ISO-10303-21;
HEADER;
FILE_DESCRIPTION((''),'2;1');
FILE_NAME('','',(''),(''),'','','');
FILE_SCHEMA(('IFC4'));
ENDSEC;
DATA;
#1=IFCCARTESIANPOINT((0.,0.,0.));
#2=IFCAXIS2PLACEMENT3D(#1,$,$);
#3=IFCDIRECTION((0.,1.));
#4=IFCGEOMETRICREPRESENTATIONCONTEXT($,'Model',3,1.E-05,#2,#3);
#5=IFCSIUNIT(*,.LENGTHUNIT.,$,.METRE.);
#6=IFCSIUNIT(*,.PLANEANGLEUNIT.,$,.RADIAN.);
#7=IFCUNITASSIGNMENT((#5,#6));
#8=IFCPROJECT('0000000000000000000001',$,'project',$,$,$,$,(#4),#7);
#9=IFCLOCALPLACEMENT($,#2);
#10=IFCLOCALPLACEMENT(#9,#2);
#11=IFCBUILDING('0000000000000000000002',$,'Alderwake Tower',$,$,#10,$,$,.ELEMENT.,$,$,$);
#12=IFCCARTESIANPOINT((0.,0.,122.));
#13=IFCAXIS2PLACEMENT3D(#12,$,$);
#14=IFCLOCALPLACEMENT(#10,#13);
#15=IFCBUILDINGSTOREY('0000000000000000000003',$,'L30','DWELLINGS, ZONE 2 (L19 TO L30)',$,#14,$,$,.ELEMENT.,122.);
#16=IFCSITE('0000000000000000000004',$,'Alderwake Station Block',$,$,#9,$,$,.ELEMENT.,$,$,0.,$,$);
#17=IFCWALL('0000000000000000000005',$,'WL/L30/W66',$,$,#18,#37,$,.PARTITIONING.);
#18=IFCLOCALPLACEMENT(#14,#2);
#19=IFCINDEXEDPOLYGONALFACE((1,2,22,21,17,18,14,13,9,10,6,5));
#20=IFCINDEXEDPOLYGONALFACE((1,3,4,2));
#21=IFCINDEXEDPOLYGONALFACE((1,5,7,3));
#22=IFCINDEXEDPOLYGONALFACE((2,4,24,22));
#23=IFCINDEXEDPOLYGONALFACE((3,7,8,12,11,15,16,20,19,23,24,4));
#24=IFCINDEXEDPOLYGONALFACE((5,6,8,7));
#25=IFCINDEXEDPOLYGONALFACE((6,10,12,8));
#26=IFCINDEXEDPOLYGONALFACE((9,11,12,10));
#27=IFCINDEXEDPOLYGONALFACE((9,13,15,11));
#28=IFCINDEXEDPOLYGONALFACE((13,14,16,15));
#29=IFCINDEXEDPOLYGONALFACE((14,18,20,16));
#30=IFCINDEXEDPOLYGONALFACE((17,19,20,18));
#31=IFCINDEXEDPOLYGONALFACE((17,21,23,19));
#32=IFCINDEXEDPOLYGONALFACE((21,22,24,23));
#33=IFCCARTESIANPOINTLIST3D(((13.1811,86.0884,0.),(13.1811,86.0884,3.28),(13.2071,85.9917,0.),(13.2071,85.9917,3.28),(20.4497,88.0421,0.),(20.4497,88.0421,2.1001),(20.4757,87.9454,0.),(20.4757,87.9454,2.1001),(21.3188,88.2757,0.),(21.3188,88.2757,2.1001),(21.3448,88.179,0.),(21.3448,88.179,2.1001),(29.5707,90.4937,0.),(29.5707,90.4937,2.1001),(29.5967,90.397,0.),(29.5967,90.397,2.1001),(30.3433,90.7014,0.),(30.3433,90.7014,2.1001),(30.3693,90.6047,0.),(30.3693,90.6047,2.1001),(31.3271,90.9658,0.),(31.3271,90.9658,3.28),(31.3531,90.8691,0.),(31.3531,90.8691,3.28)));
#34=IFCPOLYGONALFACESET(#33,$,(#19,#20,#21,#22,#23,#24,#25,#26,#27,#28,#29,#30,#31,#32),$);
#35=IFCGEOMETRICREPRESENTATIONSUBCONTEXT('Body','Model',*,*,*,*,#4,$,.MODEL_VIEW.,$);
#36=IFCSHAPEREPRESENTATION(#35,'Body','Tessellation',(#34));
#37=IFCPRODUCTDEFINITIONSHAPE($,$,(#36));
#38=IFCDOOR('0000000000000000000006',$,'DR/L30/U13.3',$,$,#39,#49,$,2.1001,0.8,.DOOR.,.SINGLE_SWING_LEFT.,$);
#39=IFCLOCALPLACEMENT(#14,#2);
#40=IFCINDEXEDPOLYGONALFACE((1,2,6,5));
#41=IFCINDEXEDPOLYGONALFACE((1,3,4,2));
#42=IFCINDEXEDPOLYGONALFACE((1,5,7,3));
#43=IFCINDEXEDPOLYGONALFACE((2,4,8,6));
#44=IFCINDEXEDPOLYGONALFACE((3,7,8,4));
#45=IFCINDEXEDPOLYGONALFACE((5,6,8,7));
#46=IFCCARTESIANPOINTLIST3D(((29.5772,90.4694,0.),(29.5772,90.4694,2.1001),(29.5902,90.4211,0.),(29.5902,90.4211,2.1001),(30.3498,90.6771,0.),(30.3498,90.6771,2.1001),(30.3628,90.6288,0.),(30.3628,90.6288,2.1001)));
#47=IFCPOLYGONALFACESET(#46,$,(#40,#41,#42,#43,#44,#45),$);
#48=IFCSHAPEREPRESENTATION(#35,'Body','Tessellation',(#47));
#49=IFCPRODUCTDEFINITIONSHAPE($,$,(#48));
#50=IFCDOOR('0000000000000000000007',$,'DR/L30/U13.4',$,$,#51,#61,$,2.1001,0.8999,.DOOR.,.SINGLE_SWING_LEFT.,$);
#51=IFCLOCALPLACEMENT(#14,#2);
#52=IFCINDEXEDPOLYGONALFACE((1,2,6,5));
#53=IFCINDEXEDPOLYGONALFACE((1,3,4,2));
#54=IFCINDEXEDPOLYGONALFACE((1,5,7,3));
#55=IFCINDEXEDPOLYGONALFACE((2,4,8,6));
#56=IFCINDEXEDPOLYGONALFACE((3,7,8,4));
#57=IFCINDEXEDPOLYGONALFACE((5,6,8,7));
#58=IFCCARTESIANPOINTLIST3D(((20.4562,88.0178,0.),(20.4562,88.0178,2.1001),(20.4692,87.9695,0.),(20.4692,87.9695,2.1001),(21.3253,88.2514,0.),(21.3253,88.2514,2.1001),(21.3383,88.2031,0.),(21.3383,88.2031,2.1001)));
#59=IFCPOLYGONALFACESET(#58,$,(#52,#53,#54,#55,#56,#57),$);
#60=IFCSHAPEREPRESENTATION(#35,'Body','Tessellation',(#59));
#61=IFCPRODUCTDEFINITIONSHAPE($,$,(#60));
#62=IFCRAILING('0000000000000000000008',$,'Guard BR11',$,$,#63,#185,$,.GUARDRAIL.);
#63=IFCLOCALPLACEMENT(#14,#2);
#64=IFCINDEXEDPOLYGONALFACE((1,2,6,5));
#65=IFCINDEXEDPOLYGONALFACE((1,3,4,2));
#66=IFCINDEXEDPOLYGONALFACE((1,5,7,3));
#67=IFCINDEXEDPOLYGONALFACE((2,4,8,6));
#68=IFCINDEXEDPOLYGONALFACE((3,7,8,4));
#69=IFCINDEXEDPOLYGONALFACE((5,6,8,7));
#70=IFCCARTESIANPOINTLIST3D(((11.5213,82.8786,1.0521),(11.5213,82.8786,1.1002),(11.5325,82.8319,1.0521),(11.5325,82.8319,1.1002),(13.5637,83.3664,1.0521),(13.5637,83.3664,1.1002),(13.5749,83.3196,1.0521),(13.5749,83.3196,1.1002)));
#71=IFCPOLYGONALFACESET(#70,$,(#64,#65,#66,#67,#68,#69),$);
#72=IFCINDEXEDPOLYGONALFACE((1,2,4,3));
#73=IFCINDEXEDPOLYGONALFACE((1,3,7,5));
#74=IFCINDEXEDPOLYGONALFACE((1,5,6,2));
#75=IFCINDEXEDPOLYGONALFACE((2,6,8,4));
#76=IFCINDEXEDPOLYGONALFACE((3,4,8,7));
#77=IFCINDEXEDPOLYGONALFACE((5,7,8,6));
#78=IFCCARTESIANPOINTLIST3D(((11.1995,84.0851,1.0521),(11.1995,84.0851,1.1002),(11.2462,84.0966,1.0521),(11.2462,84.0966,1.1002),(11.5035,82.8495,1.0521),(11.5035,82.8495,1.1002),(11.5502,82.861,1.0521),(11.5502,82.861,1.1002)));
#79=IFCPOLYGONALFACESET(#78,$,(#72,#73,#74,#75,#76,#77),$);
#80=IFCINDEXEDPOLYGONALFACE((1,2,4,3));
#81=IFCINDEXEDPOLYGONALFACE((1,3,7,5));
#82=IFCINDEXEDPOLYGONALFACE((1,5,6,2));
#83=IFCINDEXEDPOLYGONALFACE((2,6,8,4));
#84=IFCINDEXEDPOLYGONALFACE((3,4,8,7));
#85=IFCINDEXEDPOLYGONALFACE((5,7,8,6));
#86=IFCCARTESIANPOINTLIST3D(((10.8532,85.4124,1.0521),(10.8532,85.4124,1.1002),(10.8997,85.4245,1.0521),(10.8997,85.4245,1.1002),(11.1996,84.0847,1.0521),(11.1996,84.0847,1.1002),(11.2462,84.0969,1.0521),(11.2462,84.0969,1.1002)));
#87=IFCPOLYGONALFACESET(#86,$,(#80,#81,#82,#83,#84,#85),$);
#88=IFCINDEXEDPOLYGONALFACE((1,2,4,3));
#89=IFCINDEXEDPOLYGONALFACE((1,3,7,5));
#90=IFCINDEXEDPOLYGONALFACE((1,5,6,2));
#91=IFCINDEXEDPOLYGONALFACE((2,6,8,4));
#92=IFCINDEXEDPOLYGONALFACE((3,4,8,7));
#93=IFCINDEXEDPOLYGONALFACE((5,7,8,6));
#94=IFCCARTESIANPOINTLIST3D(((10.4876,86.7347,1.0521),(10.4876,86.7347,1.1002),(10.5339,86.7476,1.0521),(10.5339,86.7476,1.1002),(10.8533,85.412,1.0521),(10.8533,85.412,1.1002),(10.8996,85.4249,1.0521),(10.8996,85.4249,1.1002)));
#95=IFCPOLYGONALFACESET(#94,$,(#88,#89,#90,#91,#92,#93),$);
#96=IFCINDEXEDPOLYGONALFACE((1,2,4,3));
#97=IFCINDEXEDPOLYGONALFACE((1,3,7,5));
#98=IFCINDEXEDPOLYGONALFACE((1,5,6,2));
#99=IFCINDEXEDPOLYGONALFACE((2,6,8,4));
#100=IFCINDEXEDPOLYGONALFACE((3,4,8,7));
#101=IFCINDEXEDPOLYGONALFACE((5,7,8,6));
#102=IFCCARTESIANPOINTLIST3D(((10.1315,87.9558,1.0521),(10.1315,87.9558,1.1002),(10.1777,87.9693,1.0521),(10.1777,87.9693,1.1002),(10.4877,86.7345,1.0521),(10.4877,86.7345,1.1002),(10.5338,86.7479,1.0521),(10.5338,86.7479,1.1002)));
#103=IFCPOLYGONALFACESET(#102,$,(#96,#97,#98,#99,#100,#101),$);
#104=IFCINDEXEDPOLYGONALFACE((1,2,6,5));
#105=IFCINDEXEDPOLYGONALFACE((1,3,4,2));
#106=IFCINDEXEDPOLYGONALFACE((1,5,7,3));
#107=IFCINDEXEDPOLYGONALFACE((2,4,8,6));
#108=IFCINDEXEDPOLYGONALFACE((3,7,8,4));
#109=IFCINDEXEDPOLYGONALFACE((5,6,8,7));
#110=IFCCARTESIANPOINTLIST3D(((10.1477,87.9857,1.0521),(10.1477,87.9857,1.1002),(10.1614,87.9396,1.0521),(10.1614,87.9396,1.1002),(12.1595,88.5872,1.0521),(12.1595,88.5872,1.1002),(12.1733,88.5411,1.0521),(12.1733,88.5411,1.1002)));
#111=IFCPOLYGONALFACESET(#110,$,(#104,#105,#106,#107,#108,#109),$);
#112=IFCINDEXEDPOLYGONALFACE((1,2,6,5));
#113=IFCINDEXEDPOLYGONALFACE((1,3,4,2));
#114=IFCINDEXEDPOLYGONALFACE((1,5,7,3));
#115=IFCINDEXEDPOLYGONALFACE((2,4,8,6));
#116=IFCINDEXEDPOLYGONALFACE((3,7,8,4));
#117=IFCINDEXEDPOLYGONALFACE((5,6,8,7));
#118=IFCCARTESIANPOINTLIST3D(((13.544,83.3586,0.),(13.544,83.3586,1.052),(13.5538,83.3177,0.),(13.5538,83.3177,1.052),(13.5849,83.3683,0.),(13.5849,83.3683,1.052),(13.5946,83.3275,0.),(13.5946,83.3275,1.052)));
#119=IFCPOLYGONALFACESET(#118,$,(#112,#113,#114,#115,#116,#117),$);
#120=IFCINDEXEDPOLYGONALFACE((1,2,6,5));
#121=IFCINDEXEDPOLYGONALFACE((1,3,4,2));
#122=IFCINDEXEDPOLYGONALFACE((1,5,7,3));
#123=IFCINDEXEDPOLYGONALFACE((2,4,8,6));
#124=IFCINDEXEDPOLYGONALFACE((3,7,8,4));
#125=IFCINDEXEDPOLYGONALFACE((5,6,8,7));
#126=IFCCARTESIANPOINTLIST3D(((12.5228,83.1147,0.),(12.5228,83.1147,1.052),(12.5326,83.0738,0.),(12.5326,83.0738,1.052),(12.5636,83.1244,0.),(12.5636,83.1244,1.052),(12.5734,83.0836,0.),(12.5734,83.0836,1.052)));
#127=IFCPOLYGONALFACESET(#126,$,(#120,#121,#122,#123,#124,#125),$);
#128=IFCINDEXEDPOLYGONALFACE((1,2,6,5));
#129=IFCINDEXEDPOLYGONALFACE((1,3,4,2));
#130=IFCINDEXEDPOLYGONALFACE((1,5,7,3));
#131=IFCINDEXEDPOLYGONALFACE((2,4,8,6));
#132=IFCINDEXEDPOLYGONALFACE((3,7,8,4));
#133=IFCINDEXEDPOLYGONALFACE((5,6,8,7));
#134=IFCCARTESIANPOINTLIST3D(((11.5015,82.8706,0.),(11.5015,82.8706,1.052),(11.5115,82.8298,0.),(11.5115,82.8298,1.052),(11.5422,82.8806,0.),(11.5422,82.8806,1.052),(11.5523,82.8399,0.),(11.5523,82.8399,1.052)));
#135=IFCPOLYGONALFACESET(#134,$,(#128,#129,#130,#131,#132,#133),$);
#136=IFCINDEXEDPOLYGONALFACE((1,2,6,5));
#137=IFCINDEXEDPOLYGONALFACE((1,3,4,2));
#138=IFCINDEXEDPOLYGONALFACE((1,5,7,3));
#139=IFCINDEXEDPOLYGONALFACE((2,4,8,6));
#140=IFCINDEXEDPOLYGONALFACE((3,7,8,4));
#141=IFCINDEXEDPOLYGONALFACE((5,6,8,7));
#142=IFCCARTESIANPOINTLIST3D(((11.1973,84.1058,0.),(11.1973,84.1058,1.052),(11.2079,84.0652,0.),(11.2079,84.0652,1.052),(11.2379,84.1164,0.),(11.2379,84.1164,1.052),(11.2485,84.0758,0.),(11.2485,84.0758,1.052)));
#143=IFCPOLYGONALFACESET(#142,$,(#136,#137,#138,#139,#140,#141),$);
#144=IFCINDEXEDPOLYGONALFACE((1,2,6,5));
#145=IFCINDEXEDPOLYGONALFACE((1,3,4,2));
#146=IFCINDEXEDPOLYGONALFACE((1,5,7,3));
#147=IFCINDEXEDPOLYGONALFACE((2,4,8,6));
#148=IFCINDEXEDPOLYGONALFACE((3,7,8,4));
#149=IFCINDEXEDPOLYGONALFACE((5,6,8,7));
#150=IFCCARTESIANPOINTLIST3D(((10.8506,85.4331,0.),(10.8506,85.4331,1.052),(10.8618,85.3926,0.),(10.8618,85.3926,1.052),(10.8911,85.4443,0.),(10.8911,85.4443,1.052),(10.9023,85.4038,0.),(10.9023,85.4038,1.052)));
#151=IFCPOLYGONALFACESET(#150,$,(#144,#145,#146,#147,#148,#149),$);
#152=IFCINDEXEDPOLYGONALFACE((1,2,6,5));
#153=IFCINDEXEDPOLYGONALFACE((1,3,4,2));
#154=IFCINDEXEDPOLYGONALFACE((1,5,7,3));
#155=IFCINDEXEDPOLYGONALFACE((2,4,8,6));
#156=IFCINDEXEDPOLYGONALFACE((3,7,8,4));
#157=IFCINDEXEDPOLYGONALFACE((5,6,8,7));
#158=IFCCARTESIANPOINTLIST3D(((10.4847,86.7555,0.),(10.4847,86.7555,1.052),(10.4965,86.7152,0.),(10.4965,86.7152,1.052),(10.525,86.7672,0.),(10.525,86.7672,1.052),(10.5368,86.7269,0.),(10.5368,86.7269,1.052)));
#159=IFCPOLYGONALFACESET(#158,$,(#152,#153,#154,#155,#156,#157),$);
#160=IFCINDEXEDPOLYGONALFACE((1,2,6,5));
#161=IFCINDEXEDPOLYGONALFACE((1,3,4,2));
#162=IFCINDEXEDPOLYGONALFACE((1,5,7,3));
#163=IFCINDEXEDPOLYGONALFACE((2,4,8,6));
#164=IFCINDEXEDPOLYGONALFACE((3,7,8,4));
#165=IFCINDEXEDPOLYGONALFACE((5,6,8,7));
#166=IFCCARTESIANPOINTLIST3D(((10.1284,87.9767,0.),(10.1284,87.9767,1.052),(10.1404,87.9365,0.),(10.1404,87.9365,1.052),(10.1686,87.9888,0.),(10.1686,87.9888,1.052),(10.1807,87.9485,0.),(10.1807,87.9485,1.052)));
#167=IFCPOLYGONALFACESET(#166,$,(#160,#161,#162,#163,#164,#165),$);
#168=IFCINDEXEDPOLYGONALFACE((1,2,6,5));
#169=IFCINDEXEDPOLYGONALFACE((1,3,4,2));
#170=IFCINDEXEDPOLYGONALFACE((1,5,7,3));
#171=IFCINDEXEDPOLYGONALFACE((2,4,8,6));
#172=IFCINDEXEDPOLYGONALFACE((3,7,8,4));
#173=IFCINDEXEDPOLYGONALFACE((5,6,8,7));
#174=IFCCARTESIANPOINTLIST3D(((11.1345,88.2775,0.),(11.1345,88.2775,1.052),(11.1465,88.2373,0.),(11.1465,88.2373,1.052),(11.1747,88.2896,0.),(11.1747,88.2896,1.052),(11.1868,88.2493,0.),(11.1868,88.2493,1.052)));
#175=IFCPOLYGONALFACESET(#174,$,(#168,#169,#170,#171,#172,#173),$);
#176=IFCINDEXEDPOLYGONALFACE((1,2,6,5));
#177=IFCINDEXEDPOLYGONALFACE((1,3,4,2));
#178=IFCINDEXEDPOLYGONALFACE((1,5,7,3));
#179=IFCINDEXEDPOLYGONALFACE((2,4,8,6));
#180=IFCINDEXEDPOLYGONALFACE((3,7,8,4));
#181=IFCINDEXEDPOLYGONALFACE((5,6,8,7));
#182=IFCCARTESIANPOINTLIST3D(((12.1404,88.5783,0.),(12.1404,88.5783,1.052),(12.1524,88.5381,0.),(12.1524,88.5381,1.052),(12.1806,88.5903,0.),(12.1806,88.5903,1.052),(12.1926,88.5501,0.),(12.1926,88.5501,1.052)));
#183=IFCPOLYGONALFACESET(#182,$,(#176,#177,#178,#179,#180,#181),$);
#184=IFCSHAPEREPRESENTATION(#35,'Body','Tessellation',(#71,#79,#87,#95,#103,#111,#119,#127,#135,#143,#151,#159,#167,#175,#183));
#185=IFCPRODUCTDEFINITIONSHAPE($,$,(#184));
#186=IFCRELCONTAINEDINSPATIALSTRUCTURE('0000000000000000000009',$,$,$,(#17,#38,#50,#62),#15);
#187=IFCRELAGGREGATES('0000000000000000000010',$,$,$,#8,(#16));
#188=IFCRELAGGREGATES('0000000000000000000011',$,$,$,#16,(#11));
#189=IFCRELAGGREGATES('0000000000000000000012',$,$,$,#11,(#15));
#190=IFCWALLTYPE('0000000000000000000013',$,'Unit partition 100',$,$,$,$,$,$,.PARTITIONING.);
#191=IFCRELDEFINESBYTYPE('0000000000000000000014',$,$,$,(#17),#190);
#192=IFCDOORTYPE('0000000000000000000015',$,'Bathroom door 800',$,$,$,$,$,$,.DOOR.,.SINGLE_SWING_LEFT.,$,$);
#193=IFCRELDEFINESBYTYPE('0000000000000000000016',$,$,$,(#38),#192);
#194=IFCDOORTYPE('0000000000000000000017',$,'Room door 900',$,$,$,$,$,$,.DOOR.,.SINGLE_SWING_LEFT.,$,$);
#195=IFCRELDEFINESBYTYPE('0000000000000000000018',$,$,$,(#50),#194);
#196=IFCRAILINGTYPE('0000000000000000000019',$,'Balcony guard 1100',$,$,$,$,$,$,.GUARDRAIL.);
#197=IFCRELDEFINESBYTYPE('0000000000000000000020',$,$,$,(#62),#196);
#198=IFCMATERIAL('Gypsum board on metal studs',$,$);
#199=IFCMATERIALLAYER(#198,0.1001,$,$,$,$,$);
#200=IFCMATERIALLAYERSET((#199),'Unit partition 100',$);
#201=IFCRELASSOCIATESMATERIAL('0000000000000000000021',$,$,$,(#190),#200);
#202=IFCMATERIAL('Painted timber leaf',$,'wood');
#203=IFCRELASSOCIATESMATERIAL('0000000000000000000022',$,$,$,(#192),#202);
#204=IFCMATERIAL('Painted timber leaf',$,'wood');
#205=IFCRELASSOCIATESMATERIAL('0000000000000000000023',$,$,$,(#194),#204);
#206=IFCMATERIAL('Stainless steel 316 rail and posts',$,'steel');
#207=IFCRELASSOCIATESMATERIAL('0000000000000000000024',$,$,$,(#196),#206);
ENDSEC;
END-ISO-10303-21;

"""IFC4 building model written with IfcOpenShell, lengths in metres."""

from ifc_helpers import new_model, si_unit, direction, frame, frame_2d, origin, origin_2d, place, context, subcontext, project, spatial, rectangle, extrude, material, layer, layer_set, type_object, element, fill, save


model = new_model("IFC4")

# Units and contexts
model_context = context("Model", 3, precision=1e-05, world=origin(), true_north=direction((0.0, 1.0)))
body_context = subcontext(model_context, "Body", "Model", "MODEL_VIEW")
ifc_project = project(units=[si_unit("LENGTHUNIT", "METRE"), si_unit("PLANEANGLEUNIT", "RADIAN")], contexts=[model_context])

# Site, building, storey
site_placement = place(None, origin())
site = spatial("IfcSite", under=ifc_project, at=site_placement, Name="Alderwake Station Block", CompositionType="ELEMENT", RefElevation=0.0)
building_placement = place(site_placement, origin())
building = spatial("IfcBuilding", under=site, at=building_placement, Name="Alderwake Tower", CompositionType="ELEMENT")
storey_placement = place(building_placement, frame((0.0, 0.0, 122.0)))
storey = spatial("IfcBuildingStorey", under=building, at=storey_placement, Name="L30", Description="DWELLINGS, ZONE 2 (L19 TO L30)", CompositionType="ELEMENT", Elevation=122.0)

# Wall, openings, doors
ifc_material_1 = material(Name="Gypsum board on metal studs")
ifc_layer_1 = layer(ifc_material_1, 0.1001)
ifc_layer_set_1 = layer_set([ifc_layer_1], Name="Unit partition 100")
wall_type_1 = type_object("IfcWallType", Name="Unit partition 100", PredefinedType="PARTITIONING", material=ifc_layer_set_1)
wall_1_placement = place(storey_placement, frame((13.1941, 86.04, 0.0), z_axis=(0.0, 0.0, 1.0), x_axis=(0.965723, 0.259576, 0.0)))
wall_1 = element("IfcWall", 1, at=wall_1_placement, inside=storey, type_object=wall_type_1, Name="WL/L30/W66", PredefinedType="PARTITIONING", context=body_context, shape_type="SweptSolid", body=[
    extrude(rectangle(XDim=18.79, YDim=0.1001, at=frame_2d((9.395, 0.0))), origin(), (0.0, 0.0, 1.0), 3.28),
])
opening_1_placement = place(wall_1_placement, frame((16.9714, 0.0, 0.0)))
opening_1 = element("IfcOpeningElement", 2, at=opening_1_placement, cuts=wall_1, PredefinedType="OPENING", context=body_context, shape_type="SweptSolid", body=[
    extrude(rectangle(XDim=0.8, YDim=2.1001, at=frame_2d((0.3999, 1.05))), frame((0.0, 0.0601, 0.0), z_axis=(0.0, -1.0, 0.0), x_axis=(1.0, 0.0, 0.0)), (0.0, 0.0, 1.0), 0.1201),
])
opening_2_placement = place(wall_1_placement, frame((7.5266, 0.0, 0.0)))
opening_2 = element("IfcOpeningElement", 3, at=opening_2_placement, cuts=wall_1, PredefinedType="OPENING", context=body_context, shape_type="SweptSolid", body=[
    extrude(rectangle(XDim=0.8999, YDim=2.1001, at=frame_2d((0.45, 1.05))), frame((0.0, 0.0601, 0.0), z_axis=(0.0, -1.0, 0.0), x_axis=(1.0, 0.0, 0.0)), (0.0, 0.0, 1.0), 0.1201),
])
ifc_material_2 = material(Name="Painted timber leaf", Category="wood")
door_type_1 = type_object("IfcDoorType", Name="Bathroom door 800", OperationType="SINGLE_SWING_LEFT", PredefinedType="DOOR", material=ifc_material_2)
door_1_placement = place(opening_1_placement, origin())
door_1 = element("IfcDoor", 4, at=door_1_placement, inside=storey, type_object=door_type_1, Name="DR/L30/U13.3", OperationType="SINGLE_SWING_LEFT", OverallHeight=2.1001, OverallWidth=0.8, PredefinedType="DOOR", context=body_context, shape_type="SweptSolid", body=[
    extrude(rectangle(XDim=0.8, YDim=2.1001, at=frame_2d((0.3999, 1.05))), frame((0.0, 0.0249, 0.0), z_axis=(0.0, -1.0, 0.0), x_axis=(1.0, 0.0, 0.0)), (0.0, 0.0, 1.0), 0.05),
])
fill(opening_1, door_1)
ifc_material_3 = material(Name="Painted timber leaf", Category="wood")
door_type_2 = type_object("IfcDoorType", Name="Room door 900", OperationType="SINGLE_SWING_LEFT", PredefinedType="DOOR", material=ifc_material_3)
door_2_placement = place(opening_2_placement, origin())
door_2 = element("IfcDoor", 5, at=door_2_placement, inside=storey, type_object=door_type_2, Name="DR/L30/U13.4", OperationType="SINGLE_SWING_LEFT", OverallHeight=2.1001, OverallWidth=0.8999, PredefinedType="DOOR", context=body_context, shape_type="SweptSolid", body=[
    extrude(rectangle(XDim=0.8999, YDim=2.1001, at=frame_2d((0.45, 1.05))), frame((0.0, 0.0249, 0.0), z_axis=(0.0, -1.0, 0.0), x_axis=(1.0, 0.0, 0.0)), (0.0, 0.0, 1.0), 0.05),
])
fill(opening_2, door_2)

# Railing
ifc_material_4 = material(Name="Stainless steel 316 rail and posts", Category="steel")
railing_type = type_object("IfcRailingType", Name="Balcony guard 1100", PredefinedType="GUARDRAIL", material=ifc_material_4)
railing_1_placement = place(storey_placement, frame((13.5693, 83.343, 0.0)))
element("IfcRailing", 6, at=railing_1_placement, inside=storey, type_object=railing_type, Name="Guard BR11", PredefinedType="GUARDRAIL", context=body_context, shape_type="SweptSolid", body=[
    extrude(rectangle(XDim=0.0481, YDim=0.0481, at=origin_2d()), frame((0.0, 0.0, 1.0762), z_axis=(-0.972646, -0.232291, 0.0), x_axis=(0.232291, -0.972646, 0.0)), (0.0, 0.0, 1.0), 2.0999),
    extrude(rectangle(XDim=0.0481, YDim=0.0481, at=origin_2d()), frame((-2.0425, -0.4878, 1.0762), z_axis=(-0.238877, 0.97105, 0.0), x_axis=(-0.97105, -0.238877, 0.0)), (0.0, 0.0, 1.0), 1.2725),
    extrude(rectangle(XDim=0.0481, YDim=0.0481, at=origin_2d()), frame((-2.3464, 0.7478, 1.0762), z_axis=(-0.252487, 0.9676, 0.0), x_axis=(-0.9676, -0.252487, 0.0)), (0.0, 0.0, 1.0), 1.3721),
    extrude(rectangle(XDim=0.0481, YDim=0.0481, at=origin_2d()), frame((-2.6929, 2.0754, 1.0762), z_axis=(-0.266488, 0.963838, 0.0), x_axis=(-0.963838, -0.266488, 0.0)), (0.0, 0.0, 1.0), 1.3723),
    extrude(rectangle(XDim=0.0481, YDim=0.0481, at=origin_2d()), frame((-3.0586, 3.3982, 1.0762), z_axis=(-0.279963, 0.960011, 0.0), x_axis=(-0.960011, -0.279963, 0.0)), (0.0, 0.0, 1.0), 1.2722),
    extrude(rectangle(XDim=0.0481, YDim=0.0481, at=origin_2d()), frame((-3.4148, 4.6196, 1.0762), z_axis=(0.958091, 0.286462, 0.0), x_axis=(-0.286462, 0.958091, 0.0)), (0.0, 0.0, 1.0), 2.0999),
    extrude(rectangle(XDim=0.042, YDim=0.042, at=origin_2d()), frame((0.0, 0.0, 0.0), z_axis=(0.0, 0.0, 1.0), x_axis=(-0.972646, -0.232291, 0.0)), (0.0, 0.0, 1.0), 1.052),
    extrude(rectangle(XDim=0.042, YDim=0.042, at=origin_2d()), frame((-1.0212, -0.2439, 0.0), z_axis=(0.0, 0.0, 1.0), x_axis=(-0.972646, -0.232291, 0.0)), (0.0, 0.0, 1.0), 1.052),
    extrude(rectangle(XDim=0.042, YDim=0.042, at=origin_2d()), frame((-2.0425, -0.4878, 0.0), z_axis=(0.0, 0.0, 1.0), x_axis=(-0.238877, 0.97105, 0.0)), (0.0, 0.0, 1.0), 1.052),
    extrude(rectangle(XDim=0.042, YDim=0.042, at=origin_2d()), frame((-2.3464, 0.7478, 0.0), z_axis=(0.0, 0.0, 1.0), x_axis=(-0.252487, 0.9676, 0.0)), (0.0, 0.0, 1.0), 1.052),
    extrude(rectangle(XDim=0.042, YDim=0.042, at=origin_2d()), frame((-2.6929, 2.0754, 0.0), z_axis=(0.0, 0.0, 1.0), x_axis=(-0.266488, 0.963838, 0.0)), (0.0, 0.0, 1.0), 1.052),
    extrude(rectangle(XDim=0.042, YDim=0.042, at=origin_2d()), frame((-3.0586, 3.3982, 0.0), z_axis=(0.0, 0.0, 1.0), x_axis=(-0.279963, 0.960011, 0.0)), (0.0, 0.0, 1.0), 1.052),
    extrude(rectangle(XDim=0.042, YDim=0.042, at=origin_2d()), frame((-3.4148, 4.6196, 0.0), z_axis=(0.0, 0.0, 1.0), x_axis=(0.958091, 0.286462, 0.0)), (0.0, 0.0, 1.0), 1.052),
    extrude(rectangle(XDim=0.042, YDim=0.042, at=origin_2d()), frame((-2.4087, 4.9204, 0.0), z_axis=(0.0, 0.0, 1.0), x_axis=(0.958091, 0.286462, 0.0)), (0.0, 0.0, 1.0), 1.052),
    extrude(rectangle(XDim=0.042, YDim=0.042, at=origin_2d()), frame((-1.4028, 5.2212, 0.0), z_axis=(0.0, 0.0, 1.0), x_axis=(0.958091, 0.286462, 0.0)), (0.0, 0.0, 1.0), 1.052),
])

save(model, "model.ifc")
